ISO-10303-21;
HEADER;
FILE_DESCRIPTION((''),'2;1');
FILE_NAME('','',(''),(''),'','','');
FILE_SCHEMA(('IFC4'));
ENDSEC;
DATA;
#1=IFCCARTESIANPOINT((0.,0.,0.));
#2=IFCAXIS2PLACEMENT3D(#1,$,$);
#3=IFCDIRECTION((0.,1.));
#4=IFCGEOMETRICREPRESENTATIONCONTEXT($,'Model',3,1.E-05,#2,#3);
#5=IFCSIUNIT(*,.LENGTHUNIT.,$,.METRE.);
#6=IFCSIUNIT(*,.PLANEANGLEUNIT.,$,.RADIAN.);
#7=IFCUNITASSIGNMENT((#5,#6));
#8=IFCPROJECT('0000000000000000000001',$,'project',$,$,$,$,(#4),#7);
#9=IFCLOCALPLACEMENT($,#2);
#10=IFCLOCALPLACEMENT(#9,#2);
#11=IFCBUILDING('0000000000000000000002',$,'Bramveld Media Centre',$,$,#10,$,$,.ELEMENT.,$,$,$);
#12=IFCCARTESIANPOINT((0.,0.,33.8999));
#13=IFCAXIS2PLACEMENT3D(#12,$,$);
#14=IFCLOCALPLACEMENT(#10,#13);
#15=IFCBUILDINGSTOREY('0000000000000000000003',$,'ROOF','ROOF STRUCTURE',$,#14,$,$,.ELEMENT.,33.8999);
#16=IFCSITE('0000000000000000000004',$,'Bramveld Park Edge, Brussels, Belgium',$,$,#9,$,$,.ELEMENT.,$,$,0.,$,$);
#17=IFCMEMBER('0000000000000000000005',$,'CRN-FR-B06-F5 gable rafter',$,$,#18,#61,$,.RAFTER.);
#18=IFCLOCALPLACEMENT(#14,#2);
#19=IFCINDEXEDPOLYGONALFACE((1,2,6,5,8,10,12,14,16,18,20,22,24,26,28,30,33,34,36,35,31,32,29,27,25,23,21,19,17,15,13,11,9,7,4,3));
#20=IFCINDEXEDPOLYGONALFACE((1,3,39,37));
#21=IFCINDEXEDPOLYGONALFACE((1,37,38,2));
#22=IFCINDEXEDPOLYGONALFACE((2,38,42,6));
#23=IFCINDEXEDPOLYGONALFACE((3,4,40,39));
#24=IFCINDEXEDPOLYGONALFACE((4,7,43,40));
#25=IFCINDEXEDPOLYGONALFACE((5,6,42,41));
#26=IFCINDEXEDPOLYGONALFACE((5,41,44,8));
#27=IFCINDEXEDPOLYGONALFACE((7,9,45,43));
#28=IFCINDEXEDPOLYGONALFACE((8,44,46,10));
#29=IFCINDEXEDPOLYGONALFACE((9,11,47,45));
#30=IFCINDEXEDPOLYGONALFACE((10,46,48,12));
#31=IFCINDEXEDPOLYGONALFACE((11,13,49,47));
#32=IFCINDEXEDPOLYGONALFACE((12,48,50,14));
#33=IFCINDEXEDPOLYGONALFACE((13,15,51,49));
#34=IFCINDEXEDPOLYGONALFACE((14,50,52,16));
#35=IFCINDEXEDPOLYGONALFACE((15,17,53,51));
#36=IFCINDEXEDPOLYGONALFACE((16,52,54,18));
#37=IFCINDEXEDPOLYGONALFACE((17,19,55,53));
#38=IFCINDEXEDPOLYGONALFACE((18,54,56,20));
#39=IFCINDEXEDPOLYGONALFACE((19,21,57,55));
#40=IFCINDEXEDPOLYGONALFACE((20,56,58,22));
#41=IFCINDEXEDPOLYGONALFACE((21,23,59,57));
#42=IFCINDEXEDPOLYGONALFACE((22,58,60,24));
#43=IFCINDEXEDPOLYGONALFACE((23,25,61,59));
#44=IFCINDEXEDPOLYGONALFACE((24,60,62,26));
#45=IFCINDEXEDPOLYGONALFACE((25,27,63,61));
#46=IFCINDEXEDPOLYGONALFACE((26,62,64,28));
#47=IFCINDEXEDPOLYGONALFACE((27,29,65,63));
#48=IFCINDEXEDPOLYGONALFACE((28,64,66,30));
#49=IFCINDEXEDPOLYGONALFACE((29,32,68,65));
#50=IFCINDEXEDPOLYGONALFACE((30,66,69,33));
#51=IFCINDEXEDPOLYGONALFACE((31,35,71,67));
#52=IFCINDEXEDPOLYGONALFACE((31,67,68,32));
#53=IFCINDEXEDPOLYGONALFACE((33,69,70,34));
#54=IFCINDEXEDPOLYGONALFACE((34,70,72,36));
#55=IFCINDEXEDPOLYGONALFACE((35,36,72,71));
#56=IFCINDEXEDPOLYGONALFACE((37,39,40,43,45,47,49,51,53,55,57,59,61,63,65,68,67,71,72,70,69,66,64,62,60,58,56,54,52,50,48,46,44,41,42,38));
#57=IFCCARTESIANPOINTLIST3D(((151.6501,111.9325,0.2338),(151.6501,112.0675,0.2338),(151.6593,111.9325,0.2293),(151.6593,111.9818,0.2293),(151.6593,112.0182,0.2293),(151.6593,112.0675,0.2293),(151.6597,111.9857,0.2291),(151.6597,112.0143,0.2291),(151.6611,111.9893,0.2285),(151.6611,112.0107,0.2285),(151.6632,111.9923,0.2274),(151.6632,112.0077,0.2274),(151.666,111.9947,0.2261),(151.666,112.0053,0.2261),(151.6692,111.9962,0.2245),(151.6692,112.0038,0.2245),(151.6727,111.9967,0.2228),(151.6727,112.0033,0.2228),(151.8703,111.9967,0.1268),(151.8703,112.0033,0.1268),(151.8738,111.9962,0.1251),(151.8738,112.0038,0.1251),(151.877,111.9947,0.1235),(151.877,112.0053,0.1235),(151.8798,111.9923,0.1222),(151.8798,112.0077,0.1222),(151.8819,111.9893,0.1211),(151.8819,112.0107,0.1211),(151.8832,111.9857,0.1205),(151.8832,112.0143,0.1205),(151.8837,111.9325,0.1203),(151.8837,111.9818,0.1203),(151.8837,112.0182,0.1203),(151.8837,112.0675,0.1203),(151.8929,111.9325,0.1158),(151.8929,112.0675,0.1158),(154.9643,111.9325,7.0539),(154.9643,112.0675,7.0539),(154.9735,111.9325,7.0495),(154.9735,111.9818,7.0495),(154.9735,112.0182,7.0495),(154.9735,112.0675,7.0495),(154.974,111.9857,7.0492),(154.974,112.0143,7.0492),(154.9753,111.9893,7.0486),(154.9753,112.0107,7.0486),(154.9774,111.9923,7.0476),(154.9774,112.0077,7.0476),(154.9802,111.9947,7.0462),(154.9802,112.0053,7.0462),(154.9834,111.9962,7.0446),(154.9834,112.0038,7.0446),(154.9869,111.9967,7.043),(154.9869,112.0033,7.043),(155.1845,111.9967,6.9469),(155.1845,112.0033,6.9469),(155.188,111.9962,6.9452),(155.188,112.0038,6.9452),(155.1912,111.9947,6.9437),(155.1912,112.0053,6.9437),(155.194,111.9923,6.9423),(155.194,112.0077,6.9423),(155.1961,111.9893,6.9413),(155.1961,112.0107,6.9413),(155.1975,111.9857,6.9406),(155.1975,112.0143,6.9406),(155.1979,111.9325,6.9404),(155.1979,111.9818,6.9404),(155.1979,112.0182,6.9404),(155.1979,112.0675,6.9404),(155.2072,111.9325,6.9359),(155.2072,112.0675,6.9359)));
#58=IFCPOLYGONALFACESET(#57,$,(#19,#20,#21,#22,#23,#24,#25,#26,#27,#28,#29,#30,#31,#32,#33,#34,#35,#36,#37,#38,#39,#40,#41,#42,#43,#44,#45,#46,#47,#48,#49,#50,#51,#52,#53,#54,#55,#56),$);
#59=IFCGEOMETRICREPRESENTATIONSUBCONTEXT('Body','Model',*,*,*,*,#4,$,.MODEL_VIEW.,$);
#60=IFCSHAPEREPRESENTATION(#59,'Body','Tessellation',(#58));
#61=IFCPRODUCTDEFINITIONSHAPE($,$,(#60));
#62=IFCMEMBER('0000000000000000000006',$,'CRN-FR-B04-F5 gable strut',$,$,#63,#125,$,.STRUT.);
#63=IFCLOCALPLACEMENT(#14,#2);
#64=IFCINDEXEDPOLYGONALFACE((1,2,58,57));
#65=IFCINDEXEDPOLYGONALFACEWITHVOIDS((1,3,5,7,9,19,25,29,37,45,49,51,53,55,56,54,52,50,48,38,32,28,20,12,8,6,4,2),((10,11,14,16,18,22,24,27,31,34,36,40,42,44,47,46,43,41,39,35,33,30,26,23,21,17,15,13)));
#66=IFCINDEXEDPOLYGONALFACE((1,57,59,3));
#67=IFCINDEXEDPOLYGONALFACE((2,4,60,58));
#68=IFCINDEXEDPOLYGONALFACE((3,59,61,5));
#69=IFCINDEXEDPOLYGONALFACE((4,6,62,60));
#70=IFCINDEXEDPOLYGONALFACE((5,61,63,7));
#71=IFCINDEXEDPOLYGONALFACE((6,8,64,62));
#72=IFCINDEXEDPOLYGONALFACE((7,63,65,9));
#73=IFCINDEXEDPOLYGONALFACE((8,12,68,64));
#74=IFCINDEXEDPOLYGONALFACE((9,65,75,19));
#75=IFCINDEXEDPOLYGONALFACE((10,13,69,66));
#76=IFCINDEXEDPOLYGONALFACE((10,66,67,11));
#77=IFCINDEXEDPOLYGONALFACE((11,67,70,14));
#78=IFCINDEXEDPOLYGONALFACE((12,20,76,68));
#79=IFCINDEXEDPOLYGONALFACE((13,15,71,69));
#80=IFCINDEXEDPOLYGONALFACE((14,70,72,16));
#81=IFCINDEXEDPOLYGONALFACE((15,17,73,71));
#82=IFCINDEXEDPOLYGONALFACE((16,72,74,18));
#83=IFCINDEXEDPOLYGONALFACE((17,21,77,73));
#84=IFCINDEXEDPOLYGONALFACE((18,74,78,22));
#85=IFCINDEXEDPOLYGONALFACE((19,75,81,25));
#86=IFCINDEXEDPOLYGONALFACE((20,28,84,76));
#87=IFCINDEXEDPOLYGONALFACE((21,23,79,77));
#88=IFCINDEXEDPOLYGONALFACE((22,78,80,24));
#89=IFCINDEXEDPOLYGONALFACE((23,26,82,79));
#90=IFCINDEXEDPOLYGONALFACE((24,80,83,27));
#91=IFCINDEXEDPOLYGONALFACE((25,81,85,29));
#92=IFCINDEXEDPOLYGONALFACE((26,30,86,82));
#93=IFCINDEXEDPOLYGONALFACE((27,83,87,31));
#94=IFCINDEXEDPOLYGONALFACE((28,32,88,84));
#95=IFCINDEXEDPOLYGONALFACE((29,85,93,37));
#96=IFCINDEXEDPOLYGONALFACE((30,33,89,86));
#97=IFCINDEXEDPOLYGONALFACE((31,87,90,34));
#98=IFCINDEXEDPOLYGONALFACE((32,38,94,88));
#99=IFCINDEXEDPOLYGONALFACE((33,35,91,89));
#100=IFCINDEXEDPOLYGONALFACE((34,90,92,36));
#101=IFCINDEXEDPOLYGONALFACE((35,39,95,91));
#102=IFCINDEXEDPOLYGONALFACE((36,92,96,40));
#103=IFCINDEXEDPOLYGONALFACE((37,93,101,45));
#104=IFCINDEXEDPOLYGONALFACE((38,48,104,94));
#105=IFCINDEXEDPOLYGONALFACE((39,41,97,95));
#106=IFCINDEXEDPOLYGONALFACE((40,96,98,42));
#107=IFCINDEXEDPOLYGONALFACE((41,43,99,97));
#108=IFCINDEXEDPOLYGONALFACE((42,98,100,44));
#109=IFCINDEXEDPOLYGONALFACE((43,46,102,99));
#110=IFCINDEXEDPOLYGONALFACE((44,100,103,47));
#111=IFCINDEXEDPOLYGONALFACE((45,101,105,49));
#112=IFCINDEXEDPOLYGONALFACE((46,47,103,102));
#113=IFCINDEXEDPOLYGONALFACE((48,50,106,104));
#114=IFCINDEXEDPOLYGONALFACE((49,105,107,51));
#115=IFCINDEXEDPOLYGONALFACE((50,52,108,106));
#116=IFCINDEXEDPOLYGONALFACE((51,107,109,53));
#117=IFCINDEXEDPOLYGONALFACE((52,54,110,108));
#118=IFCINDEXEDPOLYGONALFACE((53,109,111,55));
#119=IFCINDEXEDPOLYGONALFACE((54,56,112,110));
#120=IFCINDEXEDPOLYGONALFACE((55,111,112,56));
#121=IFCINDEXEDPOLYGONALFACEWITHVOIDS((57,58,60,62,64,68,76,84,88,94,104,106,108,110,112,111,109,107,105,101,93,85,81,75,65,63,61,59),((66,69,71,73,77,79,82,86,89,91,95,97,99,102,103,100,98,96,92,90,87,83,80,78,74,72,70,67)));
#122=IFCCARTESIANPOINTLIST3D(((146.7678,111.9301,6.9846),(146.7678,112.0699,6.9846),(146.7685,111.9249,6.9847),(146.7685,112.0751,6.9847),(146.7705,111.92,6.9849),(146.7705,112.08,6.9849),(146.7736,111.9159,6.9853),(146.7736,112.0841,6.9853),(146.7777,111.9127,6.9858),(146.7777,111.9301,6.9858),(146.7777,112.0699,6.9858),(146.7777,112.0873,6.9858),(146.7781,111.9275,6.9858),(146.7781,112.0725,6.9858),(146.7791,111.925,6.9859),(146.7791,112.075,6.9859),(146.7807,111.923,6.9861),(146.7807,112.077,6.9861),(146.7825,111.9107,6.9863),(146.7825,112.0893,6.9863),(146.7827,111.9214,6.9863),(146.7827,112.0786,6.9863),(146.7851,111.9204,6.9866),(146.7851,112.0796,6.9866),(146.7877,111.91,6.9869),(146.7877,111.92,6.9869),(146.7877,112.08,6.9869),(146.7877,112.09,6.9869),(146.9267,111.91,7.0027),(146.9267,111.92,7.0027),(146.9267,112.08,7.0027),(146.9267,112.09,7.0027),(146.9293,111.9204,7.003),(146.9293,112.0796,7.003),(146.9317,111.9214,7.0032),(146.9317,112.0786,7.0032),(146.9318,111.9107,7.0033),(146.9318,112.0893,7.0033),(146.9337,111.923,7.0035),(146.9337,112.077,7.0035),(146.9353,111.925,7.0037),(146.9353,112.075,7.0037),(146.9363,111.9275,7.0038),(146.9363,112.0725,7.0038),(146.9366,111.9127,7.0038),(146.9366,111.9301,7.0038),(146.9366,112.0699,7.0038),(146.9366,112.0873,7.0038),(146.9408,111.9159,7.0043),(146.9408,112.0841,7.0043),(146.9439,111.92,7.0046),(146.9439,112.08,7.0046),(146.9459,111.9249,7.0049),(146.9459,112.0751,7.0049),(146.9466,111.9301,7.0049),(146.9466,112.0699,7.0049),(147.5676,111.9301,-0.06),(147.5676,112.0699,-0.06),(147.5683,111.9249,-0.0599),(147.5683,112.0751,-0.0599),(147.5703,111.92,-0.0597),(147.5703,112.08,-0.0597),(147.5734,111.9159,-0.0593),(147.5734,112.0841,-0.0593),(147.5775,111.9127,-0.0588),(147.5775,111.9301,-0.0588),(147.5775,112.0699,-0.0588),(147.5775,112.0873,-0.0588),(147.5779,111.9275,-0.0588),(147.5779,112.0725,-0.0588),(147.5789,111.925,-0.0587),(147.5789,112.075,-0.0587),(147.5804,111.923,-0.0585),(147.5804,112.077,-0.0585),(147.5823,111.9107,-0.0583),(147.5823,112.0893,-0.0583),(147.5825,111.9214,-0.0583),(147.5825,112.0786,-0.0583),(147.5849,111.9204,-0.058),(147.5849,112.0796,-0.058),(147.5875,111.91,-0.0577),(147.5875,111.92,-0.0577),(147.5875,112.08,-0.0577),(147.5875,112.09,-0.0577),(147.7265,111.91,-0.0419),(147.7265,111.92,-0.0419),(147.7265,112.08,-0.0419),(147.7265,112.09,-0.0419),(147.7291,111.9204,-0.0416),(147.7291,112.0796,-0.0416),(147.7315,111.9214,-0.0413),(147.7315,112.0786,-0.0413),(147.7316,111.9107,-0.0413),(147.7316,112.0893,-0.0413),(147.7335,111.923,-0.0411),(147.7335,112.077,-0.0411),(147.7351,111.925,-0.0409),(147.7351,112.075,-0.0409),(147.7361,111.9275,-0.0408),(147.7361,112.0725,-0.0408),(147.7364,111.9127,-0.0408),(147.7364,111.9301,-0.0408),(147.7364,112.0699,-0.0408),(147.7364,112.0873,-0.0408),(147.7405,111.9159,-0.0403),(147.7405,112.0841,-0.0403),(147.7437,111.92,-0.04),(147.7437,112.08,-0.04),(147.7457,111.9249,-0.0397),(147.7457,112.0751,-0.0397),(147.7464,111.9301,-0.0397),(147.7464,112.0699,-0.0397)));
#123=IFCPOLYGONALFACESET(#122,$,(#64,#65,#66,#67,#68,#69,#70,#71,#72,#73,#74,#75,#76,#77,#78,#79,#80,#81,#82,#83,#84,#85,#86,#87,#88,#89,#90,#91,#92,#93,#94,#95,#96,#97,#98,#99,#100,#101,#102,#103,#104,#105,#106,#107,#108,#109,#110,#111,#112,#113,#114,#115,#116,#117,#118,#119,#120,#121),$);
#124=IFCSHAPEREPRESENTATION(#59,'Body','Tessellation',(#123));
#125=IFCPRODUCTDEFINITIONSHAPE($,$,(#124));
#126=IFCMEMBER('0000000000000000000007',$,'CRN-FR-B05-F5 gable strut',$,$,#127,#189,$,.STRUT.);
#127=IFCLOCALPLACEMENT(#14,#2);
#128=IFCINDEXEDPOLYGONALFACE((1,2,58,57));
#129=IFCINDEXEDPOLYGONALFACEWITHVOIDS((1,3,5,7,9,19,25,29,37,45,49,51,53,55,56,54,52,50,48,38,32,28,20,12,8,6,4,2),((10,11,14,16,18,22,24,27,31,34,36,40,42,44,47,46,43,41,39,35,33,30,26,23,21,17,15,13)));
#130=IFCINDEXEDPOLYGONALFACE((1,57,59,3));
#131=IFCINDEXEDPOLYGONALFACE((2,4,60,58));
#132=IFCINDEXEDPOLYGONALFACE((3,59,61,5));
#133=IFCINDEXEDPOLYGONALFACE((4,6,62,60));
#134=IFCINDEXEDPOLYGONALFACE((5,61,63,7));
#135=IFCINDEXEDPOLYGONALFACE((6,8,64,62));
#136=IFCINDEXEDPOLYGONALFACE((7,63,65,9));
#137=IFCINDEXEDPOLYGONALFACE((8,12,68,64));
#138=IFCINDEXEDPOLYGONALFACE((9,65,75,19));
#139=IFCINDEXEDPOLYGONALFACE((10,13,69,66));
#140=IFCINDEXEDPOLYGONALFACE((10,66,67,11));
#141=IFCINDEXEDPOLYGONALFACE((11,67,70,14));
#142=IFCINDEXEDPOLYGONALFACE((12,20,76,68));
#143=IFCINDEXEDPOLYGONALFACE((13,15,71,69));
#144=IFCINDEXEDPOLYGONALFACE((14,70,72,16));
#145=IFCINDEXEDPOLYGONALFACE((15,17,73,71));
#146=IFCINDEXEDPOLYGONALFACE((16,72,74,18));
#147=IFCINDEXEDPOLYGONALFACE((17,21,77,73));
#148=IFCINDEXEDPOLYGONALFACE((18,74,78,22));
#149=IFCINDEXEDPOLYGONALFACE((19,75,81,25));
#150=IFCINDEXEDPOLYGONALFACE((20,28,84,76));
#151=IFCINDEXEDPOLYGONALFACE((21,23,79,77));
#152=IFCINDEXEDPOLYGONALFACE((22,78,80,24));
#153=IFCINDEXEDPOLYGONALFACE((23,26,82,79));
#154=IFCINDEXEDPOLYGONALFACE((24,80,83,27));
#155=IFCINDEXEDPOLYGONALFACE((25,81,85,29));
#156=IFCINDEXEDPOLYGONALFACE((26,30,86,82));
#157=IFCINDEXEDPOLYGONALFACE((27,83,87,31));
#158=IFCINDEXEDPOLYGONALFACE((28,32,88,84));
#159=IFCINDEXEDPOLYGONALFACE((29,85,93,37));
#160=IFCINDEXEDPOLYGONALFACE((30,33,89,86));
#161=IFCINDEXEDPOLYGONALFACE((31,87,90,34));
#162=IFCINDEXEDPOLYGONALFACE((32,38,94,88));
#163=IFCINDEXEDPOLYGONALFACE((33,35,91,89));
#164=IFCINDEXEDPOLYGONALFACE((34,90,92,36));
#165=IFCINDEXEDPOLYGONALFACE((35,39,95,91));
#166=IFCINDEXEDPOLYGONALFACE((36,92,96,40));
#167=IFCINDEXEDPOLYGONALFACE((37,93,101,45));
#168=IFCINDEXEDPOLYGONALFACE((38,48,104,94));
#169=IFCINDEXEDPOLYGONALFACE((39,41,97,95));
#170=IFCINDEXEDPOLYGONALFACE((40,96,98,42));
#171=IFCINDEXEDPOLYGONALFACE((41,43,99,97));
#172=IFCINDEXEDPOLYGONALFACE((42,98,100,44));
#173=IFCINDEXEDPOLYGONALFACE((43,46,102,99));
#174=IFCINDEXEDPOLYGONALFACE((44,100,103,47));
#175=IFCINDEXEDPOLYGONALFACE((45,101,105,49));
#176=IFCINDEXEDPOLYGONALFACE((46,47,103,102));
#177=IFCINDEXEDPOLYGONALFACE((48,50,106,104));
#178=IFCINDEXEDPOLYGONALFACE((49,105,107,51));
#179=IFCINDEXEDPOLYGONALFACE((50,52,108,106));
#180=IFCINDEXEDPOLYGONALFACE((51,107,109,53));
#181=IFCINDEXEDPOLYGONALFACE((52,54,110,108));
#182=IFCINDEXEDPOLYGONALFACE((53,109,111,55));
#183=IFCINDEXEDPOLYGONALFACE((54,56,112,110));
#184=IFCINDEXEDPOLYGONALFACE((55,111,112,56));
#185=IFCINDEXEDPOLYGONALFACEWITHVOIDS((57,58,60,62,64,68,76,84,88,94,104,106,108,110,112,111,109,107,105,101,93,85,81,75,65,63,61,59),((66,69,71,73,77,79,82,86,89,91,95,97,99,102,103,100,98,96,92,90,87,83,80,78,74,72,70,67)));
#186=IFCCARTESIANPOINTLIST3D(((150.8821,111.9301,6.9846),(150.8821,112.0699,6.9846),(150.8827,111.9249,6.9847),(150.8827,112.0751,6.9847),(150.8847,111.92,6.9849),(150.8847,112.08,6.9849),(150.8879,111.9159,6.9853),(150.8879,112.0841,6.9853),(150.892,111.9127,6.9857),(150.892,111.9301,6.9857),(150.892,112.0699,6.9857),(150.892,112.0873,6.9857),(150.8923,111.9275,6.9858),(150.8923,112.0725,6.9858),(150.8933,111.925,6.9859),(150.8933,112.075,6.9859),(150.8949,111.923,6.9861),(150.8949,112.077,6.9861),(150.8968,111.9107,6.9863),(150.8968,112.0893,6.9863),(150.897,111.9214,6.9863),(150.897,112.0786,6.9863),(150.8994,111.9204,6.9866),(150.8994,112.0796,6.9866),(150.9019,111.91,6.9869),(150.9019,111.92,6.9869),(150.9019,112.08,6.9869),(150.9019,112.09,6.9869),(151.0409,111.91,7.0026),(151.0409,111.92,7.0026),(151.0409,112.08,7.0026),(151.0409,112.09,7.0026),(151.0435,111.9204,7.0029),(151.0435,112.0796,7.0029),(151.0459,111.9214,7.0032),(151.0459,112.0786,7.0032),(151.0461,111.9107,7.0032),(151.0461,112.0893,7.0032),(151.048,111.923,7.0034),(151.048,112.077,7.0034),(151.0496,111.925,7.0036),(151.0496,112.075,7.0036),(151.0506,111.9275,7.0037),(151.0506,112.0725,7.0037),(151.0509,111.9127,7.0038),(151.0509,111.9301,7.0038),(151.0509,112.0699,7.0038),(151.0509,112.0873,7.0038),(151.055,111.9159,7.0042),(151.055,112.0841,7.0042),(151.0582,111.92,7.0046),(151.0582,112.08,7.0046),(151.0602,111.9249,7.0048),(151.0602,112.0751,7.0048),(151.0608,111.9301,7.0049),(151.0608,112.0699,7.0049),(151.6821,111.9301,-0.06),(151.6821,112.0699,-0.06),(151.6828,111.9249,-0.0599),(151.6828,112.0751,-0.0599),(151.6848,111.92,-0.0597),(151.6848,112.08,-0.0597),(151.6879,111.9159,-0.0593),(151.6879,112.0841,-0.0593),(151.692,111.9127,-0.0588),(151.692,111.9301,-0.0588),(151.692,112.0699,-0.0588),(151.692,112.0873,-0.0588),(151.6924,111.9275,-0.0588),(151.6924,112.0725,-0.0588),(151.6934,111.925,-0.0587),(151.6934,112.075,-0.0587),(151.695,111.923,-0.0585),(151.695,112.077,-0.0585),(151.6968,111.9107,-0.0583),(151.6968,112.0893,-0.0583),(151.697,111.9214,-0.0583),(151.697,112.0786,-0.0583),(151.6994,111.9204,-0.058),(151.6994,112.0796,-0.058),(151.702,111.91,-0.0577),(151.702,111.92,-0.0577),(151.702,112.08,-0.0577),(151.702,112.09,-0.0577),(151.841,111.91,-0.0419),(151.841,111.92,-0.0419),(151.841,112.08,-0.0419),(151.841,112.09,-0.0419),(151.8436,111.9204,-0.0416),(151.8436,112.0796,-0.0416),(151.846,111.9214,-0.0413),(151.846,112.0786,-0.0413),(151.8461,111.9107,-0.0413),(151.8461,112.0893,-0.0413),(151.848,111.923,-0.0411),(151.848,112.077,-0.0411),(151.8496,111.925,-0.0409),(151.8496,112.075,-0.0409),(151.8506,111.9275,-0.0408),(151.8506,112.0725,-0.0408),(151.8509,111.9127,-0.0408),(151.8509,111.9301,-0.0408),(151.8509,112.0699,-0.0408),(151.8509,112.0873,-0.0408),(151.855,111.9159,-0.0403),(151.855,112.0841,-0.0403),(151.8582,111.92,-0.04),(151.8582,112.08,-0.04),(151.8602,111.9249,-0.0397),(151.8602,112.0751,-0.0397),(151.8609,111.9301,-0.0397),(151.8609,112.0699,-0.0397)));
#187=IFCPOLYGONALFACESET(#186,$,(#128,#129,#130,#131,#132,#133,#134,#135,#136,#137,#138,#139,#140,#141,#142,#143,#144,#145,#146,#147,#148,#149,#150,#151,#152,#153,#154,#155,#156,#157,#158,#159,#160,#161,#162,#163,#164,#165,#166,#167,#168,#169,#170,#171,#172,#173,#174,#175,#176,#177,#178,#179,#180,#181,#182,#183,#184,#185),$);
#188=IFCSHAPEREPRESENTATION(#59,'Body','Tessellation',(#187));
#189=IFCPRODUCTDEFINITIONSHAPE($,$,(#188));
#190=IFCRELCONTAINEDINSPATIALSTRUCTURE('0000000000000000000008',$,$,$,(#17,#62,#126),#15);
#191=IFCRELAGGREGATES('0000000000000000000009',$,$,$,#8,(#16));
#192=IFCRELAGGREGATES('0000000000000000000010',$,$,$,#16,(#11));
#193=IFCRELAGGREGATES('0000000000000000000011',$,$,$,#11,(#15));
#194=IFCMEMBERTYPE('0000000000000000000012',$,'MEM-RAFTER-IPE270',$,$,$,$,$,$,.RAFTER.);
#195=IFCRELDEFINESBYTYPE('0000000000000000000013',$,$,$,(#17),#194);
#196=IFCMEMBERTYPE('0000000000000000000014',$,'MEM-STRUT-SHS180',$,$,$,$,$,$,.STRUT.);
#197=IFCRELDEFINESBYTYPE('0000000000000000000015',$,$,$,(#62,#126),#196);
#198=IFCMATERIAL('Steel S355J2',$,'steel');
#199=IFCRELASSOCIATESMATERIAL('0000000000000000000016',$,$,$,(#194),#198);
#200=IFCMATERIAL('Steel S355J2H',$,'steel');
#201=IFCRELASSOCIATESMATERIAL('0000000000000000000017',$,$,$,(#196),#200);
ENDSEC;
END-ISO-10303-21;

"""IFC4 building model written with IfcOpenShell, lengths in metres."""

from ifc_helpers import new_model, si_unit, direction, frame, origin, origin_2d, place, context, subcontext, project, spatial, hollow_rectangle, i_section, extrude, material, material_profile, profile_set, type_object, element, save


model = new_model("IFC4")

# Units and contexts
model_context = context("Model", 3, precision=1e-05, world=origin(), true_north=direction((0.0, 1.0)))
body_context = subcontext(model_context, "Body", "Model", "MODEL_VIEW")
ifc_project = project(units=[si_unit("LENGTHUNIT", "METRE"), si_unit("PLANEANGLEUNIT", "RADIAN")], contexts=[model_context])

# Site, building, storey
site_placement = place(None, origin())
site = spatial("IfcSite", under=ifc_project, at=site_placement, Name="Bramveld Park Edge, Brussels, Belgium", CompositionType="ELEMENT", RefElevation=0.0)
building_placement = place(site_placement, origin())
building = spatial("IfcBuilding", under=site, at=building_placement, Name="Bramveld Media Centre", CompositionType="ELEMENT")
storey_placement = place(building_placement, frame((0.0, 0.0, 33.8999)))
storey = spatial("IfcBuildingStorey", under=building, at=storey_placement, Name="ROOF", Description="ROOF STRUCTURE", CompositionType="ELEMENT", Elevation=33.8999)

# Members
ifc_material_1 = material(Name="Steel S355J2", Category="steel")
ifc_material_profile_1 = material_profile(ifc_material_1, i_section(OverallWidth=0.135, OverallDepth=0.27, WebThickness=0.0066, FlangeThickness=0.0103, FilletRadius=0.0149, at=origin_2d()), Name="IPE 270")
ifc_profile_set_1 = profile_set([ifc_material_profile_1], Name="Steel S355J2")
member_type_1 = type_object("IfcMemberType", Name="MEM-RAFTER-IPE270", PredefinedType="RAFTER", material=ifc_profile_set_1)
for number, where, z_axis, x_axis, name in (
    (1, (151.7715, 112.0, 0.1748), (0.437075, 0.0, 0.899425), (0.0, 1.0, 0.0), "CRN-FR-B06-F5 gable rafter"),
):
    element("IfcMember", number, at=place(storey_placement, frame(where, z_axis=z_axis, x_axis=x_axis)), inside=storey, type_object=member_type_1, Name=name, PredefinedType="RAFTER", context=body_context, shape_type="SweptSolid", body=[
        extrude(i_section(OverallWidth=0.135, OverallDepth=0.27, WebThickness=0.0066, FlangeThickness=0.0103, FilletRadius=0.0149, at=origin_2d()), origin(), (0.0, 0.0, 1.0), 7.5828),
    ])
ifc_material_2 = material(Name="Steel S355J2H", Category="steel")
ifc_material_profile_2 = material_profile(ifc_material_2, hollow_rectangle(XDim=0.1799, YDim=0.1799, WallThickness=0.01, InnerFilletRadius=0.01, OuterFilletRadius=0.02, at=origin_2d()), Name="SHS 180x180x10")
ifc_profile_set_2 = profile_set([ifc_material_profile_2], Name="Steel S355J2H")
member_type_2 = type_object("IfcMemberType", Name="MEM-STRUT-SHS180", PredefinedType="STRUT", material=ifc_profile_set_2)
for number, where, z_axis, x_axis, name in (
    (2, (147.657, 112.0, -0.0498), (-0.112808, 0.0, 0.993617), (0.0, -1.0, 0.0), "CRN-FR-B04-F5 gable strut"),
    (3, (151.7715, 112.0, -0.0498), (-0.112842, 0.0, 0.993613), (0.0, -1.0, 0.0), "CRN-FR-B05-F5 gable strut"),
):
    element("IfcMember", number, at=place(storey_placement, frame(where, z_axis=z_axis, x_axis=x_axis)), inside=storey, type_object=member_type_2, Name=name, PredefinedType="STRUT", context=body_context, shape_type="SweptSolid", body=[
        extrude(hollow_rectangle(XDim=0.1799, YDim=0.1799, WallThickness=0.01, InnerFilletRadius=0.01, OuterFilletRadius=0.02, at=origin_2d()), origin(), (0.0, 0.0, 1.0), 7.0898),
    ])

save(model, "model.ifc")
